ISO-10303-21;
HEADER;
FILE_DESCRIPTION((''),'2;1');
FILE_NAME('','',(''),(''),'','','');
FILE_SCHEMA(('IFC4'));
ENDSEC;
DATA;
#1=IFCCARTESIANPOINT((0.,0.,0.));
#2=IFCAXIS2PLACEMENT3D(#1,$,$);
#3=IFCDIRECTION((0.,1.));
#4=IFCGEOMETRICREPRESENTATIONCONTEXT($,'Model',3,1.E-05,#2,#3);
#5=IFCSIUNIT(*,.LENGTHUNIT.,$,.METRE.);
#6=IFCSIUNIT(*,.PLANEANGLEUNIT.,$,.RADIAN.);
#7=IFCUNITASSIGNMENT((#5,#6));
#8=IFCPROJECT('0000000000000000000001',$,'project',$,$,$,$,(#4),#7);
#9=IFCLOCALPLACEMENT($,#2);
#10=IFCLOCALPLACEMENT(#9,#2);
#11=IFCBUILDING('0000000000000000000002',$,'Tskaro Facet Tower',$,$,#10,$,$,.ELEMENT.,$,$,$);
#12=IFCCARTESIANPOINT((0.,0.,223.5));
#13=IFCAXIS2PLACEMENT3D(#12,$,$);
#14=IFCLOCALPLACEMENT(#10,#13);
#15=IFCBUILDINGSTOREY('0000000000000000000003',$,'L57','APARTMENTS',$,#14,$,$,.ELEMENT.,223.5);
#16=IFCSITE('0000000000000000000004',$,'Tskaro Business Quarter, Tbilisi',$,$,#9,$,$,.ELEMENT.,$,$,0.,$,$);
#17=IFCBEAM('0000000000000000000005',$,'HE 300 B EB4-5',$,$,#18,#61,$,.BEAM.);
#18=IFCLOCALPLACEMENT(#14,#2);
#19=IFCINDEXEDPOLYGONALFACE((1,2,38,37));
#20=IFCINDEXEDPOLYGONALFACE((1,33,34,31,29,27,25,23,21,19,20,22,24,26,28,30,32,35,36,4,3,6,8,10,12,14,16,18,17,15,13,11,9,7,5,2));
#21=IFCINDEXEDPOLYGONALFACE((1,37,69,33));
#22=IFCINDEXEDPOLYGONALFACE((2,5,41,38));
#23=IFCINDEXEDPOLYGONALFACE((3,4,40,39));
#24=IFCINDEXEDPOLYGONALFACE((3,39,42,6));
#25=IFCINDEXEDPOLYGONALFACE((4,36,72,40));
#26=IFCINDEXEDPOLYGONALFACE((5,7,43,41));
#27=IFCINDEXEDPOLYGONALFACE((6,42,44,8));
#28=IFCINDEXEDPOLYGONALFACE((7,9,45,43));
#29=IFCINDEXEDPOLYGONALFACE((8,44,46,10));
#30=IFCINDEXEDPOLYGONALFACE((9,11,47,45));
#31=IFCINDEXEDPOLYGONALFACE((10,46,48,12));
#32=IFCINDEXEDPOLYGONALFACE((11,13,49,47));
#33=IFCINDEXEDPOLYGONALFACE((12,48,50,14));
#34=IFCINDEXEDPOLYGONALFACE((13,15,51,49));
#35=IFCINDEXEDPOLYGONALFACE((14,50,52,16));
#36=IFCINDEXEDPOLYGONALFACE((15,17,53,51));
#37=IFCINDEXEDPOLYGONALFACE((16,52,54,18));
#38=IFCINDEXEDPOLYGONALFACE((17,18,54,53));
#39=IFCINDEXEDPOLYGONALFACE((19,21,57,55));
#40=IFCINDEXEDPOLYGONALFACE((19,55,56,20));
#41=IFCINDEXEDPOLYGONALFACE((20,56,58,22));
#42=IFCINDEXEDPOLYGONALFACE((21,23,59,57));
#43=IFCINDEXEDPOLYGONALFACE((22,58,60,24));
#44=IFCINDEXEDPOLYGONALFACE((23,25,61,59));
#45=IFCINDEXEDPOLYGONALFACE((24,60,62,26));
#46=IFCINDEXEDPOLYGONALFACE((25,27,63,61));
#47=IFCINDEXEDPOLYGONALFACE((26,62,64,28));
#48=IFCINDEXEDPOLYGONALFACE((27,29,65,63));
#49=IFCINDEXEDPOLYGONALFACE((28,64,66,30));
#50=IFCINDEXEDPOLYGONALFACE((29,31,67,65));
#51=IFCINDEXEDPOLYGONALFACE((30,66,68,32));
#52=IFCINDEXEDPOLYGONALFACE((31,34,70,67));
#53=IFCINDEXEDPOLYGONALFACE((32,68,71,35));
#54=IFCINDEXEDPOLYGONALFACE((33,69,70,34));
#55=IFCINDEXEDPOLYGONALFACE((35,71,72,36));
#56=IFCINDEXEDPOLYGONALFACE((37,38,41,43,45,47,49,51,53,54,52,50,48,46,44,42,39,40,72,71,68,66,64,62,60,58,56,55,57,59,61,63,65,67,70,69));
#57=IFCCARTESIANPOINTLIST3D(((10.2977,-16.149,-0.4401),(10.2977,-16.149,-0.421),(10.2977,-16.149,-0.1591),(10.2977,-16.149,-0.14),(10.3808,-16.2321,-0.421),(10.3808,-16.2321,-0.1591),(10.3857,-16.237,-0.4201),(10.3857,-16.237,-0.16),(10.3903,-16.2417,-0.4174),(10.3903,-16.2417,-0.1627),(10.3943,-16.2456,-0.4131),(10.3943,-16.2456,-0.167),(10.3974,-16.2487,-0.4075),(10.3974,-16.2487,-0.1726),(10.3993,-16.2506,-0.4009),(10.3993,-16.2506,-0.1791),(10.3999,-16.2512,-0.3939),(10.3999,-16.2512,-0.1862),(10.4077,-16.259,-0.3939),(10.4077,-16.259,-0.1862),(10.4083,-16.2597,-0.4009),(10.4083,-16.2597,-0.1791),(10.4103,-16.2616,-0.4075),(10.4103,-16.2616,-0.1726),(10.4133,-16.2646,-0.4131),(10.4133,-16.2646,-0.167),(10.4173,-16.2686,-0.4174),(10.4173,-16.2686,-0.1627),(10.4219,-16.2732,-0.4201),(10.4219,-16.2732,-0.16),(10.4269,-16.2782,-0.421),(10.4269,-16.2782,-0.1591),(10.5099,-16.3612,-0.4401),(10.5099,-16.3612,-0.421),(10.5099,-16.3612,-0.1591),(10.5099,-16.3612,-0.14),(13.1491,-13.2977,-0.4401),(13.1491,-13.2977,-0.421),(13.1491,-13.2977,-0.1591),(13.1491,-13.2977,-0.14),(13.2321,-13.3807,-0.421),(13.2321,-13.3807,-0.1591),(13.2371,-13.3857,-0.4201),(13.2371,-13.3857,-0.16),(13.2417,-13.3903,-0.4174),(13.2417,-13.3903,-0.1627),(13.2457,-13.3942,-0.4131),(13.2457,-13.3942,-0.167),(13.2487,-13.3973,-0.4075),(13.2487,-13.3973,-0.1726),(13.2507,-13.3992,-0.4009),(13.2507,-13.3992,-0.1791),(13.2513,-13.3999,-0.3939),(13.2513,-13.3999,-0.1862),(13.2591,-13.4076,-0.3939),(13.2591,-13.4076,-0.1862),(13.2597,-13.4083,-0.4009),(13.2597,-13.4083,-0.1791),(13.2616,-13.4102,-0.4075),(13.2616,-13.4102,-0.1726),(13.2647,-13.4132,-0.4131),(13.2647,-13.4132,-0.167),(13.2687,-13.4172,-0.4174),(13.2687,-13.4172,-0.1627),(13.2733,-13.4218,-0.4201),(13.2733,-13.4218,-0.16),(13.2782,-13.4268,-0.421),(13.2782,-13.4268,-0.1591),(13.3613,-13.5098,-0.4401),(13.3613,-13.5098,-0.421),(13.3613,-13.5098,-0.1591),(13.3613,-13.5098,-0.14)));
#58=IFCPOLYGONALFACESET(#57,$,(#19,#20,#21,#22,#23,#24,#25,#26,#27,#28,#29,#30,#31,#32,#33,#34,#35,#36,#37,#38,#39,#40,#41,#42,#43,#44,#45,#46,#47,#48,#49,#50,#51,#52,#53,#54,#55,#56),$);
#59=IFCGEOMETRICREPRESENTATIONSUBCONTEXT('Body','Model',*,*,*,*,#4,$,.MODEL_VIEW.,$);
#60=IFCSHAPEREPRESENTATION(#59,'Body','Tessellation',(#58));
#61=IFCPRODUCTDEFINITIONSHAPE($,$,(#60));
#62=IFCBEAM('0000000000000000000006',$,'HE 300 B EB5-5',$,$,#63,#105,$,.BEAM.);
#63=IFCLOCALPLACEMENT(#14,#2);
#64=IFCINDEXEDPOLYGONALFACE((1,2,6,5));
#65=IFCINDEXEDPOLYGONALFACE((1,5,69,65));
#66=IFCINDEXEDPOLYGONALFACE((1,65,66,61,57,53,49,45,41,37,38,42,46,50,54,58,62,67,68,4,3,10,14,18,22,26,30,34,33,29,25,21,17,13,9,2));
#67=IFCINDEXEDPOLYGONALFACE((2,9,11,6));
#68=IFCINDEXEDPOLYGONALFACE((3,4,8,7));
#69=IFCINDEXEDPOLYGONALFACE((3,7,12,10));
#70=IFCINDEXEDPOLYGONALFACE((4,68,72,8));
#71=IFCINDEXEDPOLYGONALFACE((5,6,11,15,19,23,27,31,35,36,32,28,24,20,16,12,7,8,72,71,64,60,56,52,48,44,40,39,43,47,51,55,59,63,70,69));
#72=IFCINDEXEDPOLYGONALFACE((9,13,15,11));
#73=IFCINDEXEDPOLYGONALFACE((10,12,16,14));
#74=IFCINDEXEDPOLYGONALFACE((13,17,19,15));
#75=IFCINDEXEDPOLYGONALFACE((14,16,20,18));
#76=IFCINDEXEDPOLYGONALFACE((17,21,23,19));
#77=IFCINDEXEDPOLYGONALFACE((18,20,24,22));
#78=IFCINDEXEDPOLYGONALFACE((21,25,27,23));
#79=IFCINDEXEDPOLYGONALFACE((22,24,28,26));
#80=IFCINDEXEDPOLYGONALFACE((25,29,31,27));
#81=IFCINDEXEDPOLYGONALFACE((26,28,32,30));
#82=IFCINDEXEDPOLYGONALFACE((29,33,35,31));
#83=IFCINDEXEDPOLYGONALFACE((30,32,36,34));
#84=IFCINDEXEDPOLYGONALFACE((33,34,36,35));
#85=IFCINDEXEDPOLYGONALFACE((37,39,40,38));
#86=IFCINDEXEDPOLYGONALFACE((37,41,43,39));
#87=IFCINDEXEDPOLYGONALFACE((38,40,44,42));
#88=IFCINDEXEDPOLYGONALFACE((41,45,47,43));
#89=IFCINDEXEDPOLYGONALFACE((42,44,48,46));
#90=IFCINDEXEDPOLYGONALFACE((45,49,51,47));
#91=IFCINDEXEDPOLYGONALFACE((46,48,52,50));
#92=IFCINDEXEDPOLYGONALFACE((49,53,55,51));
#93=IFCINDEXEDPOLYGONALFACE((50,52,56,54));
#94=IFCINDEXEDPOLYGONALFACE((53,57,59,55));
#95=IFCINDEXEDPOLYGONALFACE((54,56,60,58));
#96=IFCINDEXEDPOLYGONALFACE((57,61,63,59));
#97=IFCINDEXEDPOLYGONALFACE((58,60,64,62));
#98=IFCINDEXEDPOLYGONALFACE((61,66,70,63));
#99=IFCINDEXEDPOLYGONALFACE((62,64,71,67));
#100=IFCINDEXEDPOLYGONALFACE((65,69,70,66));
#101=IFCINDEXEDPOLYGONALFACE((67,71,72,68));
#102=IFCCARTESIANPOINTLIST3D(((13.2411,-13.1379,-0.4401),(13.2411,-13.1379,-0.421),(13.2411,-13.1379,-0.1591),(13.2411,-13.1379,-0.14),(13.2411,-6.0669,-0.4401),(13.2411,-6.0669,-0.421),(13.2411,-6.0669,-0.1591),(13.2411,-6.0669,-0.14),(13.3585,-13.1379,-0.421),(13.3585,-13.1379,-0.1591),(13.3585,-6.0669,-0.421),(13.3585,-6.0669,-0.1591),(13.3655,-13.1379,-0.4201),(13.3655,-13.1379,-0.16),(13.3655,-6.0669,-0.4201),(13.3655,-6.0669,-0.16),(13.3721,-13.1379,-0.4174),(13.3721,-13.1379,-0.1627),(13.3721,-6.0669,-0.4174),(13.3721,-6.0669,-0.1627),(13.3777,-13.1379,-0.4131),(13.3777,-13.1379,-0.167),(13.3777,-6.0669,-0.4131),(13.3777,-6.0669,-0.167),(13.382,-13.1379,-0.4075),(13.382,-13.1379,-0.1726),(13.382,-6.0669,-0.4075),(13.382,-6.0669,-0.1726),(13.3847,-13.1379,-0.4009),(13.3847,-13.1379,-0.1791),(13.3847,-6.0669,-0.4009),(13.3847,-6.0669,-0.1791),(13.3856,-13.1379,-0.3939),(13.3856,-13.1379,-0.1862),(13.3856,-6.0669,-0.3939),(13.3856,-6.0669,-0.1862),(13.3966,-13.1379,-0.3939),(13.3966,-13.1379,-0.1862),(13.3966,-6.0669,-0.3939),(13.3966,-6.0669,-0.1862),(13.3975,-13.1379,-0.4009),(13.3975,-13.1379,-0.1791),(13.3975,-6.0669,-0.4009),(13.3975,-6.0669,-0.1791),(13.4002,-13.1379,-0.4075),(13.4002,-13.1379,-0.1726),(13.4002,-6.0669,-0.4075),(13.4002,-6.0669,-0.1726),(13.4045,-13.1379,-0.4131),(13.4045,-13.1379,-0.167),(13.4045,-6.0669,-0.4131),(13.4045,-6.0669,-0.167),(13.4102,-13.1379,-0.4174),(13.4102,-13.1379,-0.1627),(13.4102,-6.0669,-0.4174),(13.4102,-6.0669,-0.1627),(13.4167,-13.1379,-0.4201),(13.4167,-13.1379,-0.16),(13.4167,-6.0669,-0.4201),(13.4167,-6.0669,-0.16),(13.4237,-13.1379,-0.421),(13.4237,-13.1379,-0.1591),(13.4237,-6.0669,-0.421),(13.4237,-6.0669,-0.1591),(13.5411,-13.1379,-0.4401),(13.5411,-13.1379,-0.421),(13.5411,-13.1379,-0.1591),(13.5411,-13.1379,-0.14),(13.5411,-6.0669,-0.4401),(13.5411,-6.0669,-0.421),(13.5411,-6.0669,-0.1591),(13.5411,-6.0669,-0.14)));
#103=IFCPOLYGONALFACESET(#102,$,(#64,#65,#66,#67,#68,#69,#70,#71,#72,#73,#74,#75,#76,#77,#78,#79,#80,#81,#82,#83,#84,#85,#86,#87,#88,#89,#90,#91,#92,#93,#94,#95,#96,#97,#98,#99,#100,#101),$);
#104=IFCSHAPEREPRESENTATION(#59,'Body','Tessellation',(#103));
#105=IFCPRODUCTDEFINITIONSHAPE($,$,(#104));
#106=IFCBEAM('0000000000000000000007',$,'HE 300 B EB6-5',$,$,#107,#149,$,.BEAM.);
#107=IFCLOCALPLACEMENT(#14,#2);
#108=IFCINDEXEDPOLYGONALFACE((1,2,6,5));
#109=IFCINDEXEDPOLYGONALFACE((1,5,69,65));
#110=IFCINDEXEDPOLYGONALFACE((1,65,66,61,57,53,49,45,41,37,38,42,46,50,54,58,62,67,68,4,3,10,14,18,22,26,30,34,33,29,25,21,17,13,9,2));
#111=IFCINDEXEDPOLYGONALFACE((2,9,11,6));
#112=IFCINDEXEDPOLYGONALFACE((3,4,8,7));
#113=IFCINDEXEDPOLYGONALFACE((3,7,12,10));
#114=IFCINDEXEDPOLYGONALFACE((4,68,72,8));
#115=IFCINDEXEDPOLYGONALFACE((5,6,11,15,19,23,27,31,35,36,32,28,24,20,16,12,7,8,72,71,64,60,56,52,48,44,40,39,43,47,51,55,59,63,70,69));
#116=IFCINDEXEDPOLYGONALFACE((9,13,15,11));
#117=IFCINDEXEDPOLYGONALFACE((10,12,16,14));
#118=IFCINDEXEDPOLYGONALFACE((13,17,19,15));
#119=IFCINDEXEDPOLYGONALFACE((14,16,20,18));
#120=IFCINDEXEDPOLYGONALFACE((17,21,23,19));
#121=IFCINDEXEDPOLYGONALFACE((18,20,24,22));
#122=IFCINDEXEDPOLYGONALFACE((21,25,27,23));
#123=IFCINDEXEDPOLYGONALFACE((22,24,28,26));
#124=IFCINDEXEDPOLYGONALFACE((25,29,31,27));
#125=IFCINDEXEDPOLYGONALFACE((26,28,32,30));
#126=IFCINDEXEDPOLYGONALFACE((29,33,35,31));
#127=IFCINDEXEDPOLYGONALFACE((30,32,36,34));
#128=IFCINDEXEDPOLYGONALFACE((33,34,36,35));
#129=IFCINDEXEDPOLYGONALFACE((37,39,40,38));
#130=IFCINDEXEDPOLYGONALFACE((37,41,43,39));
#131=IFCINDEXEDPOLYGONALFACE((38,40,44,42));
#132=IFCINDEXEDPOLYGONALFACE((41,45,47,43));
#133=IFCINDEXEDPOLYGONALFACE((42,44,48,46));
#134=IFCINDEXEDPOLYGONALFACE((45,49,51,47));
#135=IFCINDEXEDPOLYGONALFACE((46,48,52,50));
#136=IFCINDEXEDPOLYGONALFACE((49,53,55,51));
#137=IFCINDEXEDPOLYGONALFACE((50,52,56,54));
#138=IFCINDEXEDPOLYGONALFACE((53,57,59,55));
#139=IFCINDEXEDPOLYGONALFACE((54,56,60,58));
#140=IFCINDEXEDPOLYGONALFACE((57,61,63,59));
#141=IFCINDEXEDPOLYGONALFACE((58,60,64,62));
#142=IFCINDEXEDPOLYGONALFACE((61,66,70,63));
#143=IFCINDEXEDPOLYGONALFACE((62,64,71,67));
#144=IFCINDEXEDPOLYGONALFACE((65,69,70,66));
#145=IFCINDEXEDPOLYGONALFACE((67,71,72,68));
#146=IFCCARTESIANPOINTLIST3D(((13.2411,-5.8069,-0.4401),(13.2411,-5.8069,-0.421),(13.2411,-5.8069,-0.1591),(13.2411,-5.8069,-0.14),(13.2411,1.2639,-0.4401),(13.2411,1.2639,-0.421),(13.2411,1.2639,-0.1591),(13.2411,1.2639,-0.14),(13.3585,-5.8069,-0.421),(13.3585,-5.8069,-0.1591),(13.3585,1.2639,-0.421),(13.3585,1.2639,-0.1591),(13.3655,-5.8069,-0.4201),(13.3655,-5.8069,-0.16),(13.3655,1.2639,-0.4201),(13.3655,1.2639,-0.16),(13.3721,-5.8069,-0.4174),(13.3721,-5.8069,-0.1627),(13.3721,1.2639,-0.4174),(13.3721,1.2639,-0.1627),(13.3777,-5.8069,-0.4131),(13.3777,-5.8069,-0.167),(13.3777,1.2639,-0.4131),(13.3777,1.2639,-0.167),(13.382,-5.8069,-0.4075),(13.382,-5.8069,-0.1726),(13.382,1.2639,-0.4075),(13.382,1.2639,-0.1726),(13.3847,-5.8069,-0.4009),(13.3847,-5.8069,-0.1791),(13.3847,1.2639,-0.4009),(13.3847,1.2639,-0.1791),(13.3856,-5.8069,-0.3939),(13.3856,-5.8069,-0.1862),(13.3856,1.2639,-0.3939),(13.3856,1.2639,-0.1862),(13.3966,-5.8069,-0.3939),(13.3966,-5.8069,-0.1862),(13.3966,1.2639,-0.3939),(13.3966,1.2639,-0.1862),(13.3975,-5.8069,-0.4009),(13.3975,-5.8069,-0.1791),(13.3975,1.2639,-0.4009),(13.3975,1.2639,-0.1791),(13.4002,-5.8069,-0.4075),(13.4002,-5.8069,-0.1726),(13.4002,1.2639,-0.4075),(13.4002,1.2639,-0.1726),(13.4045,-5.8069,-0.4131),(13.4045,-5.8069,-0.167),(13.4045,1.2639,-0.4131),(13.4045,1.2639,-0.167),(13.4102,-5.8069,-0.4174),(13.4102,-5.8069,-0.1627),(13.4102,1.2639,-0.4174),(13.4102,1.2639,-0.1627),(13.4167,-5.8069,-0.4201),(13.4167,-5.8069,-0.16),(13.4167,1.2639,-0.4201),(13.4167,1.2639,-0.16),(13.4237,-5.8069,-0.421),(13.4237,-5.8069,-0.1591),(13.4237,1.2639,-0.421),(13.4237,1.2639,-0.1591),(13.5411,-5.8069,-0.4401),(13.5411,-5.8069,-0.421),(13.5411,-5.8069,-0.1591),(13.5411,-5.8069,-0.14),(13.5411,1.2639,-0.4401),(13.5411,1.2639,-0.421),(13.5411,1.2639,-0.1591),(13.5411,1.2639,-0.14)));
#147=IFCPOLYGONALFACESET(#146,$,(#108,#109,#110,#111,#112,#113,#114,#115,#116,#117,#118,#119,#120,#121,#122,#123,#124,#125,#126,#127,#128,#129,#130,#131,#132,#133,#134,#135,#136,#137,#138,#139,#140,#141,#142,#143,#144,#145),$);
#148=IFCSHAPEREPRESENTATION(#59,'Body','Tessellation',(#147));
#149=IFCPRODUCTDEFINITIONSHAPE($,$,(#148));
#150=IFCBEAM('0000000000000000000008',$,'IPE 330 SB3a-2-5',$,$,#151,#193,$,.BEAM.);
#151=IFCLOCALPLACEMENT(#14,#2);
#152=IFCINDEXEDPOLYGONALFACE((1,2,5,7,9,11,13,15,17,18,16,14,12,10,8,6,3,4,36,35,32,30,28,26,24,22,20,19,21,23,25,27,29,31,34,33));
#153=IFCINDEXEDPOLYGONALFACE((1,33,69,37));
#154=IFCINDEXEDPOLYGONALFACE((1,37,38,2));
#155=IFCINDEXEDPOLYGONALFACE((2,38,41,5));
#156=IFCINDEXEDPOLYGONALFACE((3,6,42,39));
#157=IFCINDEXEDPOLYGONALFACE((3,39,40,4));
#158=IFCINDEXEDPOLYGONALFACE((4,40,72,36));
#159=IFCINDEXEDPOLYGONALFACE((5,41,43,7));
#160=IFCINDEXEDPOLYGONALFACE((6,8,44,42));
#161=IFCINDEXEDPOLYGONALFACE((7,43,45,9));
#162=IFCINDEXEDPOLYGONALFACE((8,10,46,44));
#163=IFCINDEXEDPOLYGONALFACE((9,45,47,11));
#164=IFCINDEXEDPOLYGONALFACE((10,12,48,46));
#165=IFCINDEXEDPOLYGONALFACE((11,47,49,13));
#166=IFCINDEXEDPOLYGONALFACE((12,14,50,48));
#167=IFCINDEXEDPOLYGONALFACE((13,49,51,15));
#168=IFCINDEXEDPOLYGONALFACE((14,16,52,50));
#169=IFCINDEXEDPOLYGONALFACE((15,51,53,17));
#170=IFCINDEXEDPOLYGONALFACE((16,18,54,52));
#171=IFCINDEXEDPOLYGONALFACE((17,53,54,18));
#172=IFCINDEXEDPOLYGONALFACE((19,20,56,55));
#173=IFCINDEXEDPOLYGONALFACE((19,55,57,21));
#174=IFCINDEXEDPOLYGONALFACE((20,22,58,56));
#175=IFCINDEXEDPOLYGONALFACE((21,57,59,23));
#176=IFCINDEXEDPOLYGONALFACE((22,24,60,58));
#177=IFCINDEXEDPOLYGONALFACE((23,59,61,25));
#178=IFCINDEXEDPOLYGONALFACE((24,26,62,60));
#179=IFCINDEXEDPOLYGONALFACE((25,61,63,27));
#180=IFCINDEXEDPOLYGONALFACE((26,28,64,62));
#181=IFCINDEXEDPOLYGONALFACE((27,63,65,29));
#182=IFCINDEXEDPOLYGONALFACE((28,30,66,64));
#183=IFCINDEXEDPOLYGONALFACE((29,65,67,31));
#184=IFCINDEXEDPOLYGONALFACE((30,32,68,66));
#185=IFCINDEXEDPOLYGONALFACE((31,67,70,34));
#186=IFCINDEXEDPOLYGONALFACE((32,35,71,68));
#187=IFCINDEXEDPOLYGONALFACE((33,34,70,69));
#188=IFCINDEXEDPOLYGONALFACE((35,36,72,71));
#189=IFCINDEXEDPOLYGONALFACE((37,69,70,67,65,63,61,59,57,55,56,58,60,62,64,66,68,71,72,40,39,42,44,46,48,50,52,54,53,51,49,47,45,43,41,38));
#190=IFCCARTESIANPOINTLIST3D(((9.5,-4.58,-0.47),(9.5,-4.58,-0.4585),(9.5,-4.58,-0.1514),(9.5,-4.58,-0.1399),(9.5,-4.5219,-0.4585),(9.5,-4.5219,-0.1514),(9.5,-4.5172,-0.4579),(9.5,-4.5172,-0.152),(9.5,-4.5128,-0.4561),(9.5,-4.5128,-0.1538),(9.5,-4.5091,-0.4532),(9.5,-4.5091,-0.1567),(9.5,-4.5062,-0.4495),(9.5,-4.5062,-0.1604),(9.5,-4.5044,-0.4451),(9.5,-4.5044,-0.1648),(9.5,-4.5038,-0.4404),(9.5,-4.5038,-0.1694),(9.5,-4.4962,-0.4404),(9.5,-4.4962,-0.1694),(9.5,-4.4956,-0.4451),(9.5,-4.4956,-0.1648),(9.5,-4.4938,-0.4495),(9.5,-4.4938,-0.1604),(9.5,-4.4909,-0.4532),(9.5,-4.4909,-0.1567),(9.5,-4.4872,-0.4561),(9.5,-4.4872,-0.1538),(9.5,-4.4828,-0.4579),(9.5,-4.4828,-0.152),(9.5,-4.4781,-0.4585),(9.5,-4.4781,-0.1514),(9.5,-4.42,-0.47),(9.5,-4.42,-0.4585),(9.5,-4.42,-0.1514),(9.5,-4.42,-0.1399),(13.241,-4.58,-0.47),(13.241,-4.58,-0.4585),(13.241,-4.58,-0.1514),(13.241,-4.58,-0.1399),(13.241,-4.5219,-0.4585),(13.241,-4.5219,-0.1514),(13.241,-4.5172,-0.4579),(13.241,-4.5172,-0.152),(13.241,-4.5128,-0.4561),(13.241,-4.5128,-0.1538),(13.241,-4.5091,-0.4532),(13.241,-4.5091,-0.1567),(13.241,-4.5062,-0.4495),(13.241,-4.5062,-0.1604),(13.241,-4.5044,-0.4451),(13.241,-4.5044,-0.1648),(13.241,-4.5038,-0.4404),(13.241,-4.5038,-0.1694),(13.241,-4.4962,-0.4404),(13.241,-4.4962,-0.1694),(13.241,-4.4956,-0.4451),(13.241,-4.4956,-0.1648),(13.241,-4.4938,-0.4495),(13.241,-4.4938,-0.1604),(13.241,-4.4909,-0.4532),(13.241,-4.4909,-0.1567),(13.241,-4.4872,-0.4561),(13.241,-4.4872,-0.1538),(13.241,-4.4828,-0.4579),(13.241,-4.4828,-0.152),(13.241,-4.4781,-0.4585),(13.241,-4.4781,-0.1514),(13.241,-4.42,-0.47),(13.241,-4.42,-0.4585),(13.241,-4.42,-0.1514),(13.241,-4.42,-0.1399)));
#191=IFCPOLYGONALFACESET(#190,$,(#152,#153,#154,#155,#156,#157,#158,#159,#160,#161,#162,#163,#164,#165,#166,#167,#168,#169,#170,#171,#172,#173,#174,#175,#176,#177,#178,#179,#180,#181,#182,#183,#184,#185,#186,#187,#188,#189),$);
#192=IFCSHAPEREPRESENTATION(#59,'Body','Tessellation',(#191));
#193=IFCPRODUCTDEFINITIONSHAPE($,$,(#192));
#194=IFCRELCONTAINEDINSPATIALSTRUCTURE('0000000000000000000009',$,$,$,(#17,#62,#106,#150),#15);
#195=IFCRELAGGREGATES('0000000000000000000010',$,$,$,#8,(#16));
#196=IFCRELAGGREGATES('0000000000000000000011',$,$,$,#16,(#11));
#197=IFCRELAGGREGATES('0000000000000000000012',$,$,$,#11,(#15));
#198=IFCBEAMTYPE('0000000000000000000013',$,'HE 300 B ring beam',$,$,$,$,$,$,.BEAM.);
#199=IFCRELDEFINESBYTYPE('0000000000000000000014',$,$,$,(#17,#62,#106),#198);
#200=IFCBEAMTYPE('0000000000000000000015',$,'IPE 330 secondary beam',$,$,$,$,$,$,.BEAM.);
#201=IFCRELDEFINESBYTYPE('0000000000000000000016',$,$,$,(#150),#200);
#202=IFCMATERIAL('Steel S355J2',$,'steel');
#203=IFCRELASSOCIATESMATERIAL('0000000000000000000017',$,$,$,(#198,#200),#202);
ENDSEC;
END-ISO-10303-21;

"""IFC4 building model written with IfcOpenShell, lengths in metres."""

from ifc_helpers import new_model, si_unit, direction, frame, origin, origin_2d, place, context, subcontext, project, spatial, i_section, extrude, material, material_profile, profile_set, type_object, element, save


model = new_model("IFC4")

# Units and contexts
model_context = context("Model", 3, precision=1e-05, world=origin(), true_north=direction((0.0, 1.0)))
body_context = subcontext(model_context, "Body", "Model", "MODEL_VIEW")
ifc_project = project(units=[si_unit("LENGTHUNIT", "METRE"), si_unit("PLANEANGLEUNIT", "RADIAN")], contexts=[model_context])

# Site, building, storey
site_placement = place(None, origin())
site = spatial("IfcSite", under=ifc_project, at=site_placement, Name="Tskaro Business Quarter, Tbilisi", CompositionType="ELEMENT", RefElevation=0.0)
building_placement = place(site_placement, origin())
building = spatial("IfcBuilding", under=site, at=building_placement, Name="Tskaro Facet Tower", CompositionType="ELEMENT")
storey_placement = place(building_placement, frame((0.0, 0.0, 223.5)))
storey = spatial("IfcBuildingStorey", under=building, at=storey_placement, Name="L57", Description="APARTMENTS", CompositionType="ELEMENT", Elevation=223.5)

# Shared definitions
ifc_material_1 = material(Name="Steel S355J2", Category="steel")

# Beams
ifc_material_profile_1 = material_profile(ifc_material_1, i_section(OverallWidth=0.3, OverallDepth=0.3, WebThickness=0.011, FlangeThickness=0.019, FilletRadius=0.0271, at=origin_2d()), Name="HE 300 B")
ifc_profile_set_1 = profile_set([ifc_material_profile_1], Name="Steel S355J2")
beam_type_1 = type_object("IfcBeamType", Name="HE 300 B ring beam", PredefinedType="BEAM", material=ifc_profile_set_1)
beam_1_placement = place(storey_placement, frame((10.4038, -16.2551, -0.29), z_axis=(0.707107, 0.707107, 0.0), x_axis=(-0.707107, 0.707107, 0.0)))
element("IfcBeam", 1, at=beam_1_placement, inside=storey, type_object=beam_type_1, Name="HE 300 B EB4-5", PredefinedType="BEAM", context=body_context, shape_type="SweptSolid", body=[
    extrude(i_section(OverallWidth=0.3, OverallDepth=0.3, WebThickness=0.011, FlangeThickness=0.019, FilletRadius=0.0271, at=origin_2d()), origin(), (0.0, 0.0, 1.0), 4.0325),
])
beam_2_placement = place(storey_placement, frame((13.3911, -13.1379, -0.29), z_axis=(0.0, 1.0, 0.0), x_axis=(-1.0, 0.0, 0.0)))
element("IfcBeam", 2, at=beam_2_placement, inside=storey, type_object=beam_type_1, Name="HE 300 B EB5-5", PredefinedType="BEAM", context=body_context, shape_type="SweptSolid", body=[
    extrude(i_section(OverallWidth=0.3, OverallDepth=0.3, WebThickness=0.011, FlangeThickness=0.019, FilletRadius=0.0271, at=origin_2d()), origin(), (0.0, 0.0, 1.0), 7.071),
])
beam_3_placement = place(storey_placement, frame((13.3911, -5.8069, -0.29), z_axis=(0.0, 1.0, 0.0), x_axis=(-1.0, 0.0, 0.0)))
element("IfcBeam", 3, at=beam_3_placement, inside=storey, type_object=beam_type_1, Name="HE 300 B EB6-5", PredefinedType="BEAM", context=body_context, shape_type="SweptSolid", body=[
    extrude(i_section(OverallWidth=0.3, OverallDepth=0.3, WebThickness=0.011, FlangeThickness=0.019, FilletRadius=0.0271, at=origin_2d()), origin(), (0.0, 0.0, 1.0), 7.0708),
])
ifc_material_profile_2 = material_profile(ifc_material_1, i_section(OverallWidth=0.1599, OverallDepth=0.3301, WebThickness=0.0076, FlangeThickness=0.0115, FilletRadius=0.0181, at=origin_2d()), Name="IPE 330")
ifc_profile_set_2 = profile_set([ifc_material_profile_2], Name="Steel S355J2")
beam_type_2 = type_object("IfcBeamType", Name="IPE 330 secondary beam", PredefinedType="BEAM", material=ifc_profile_set_2)
beam_4_placement = place(storey_placement, frame((9.5, -4.5, -0.3049), z_axis=(1.0, 0.0, 0.0), x_axis=(0.0, 1.0, 0.0)))
element("IfcBeam", 4, at=beam_4_placement, inside=storey, type_object=beam_type_2, Name="IPE 330 SB3a-2-5", PredefinedType="BEAM", context=body_context, shape_type="SweptSolid", body=[
    extrude(i_section(OverallWidth=0.1599, OverallDepth=0.3301, WebThickness=0.0076, FlangeThickness=0.0115, FilletRadius=0.0181, at=origin_2d()), origin(), (0.0, 0.0, 1.0), 3.741),
])

save(model, "model.ifc")
